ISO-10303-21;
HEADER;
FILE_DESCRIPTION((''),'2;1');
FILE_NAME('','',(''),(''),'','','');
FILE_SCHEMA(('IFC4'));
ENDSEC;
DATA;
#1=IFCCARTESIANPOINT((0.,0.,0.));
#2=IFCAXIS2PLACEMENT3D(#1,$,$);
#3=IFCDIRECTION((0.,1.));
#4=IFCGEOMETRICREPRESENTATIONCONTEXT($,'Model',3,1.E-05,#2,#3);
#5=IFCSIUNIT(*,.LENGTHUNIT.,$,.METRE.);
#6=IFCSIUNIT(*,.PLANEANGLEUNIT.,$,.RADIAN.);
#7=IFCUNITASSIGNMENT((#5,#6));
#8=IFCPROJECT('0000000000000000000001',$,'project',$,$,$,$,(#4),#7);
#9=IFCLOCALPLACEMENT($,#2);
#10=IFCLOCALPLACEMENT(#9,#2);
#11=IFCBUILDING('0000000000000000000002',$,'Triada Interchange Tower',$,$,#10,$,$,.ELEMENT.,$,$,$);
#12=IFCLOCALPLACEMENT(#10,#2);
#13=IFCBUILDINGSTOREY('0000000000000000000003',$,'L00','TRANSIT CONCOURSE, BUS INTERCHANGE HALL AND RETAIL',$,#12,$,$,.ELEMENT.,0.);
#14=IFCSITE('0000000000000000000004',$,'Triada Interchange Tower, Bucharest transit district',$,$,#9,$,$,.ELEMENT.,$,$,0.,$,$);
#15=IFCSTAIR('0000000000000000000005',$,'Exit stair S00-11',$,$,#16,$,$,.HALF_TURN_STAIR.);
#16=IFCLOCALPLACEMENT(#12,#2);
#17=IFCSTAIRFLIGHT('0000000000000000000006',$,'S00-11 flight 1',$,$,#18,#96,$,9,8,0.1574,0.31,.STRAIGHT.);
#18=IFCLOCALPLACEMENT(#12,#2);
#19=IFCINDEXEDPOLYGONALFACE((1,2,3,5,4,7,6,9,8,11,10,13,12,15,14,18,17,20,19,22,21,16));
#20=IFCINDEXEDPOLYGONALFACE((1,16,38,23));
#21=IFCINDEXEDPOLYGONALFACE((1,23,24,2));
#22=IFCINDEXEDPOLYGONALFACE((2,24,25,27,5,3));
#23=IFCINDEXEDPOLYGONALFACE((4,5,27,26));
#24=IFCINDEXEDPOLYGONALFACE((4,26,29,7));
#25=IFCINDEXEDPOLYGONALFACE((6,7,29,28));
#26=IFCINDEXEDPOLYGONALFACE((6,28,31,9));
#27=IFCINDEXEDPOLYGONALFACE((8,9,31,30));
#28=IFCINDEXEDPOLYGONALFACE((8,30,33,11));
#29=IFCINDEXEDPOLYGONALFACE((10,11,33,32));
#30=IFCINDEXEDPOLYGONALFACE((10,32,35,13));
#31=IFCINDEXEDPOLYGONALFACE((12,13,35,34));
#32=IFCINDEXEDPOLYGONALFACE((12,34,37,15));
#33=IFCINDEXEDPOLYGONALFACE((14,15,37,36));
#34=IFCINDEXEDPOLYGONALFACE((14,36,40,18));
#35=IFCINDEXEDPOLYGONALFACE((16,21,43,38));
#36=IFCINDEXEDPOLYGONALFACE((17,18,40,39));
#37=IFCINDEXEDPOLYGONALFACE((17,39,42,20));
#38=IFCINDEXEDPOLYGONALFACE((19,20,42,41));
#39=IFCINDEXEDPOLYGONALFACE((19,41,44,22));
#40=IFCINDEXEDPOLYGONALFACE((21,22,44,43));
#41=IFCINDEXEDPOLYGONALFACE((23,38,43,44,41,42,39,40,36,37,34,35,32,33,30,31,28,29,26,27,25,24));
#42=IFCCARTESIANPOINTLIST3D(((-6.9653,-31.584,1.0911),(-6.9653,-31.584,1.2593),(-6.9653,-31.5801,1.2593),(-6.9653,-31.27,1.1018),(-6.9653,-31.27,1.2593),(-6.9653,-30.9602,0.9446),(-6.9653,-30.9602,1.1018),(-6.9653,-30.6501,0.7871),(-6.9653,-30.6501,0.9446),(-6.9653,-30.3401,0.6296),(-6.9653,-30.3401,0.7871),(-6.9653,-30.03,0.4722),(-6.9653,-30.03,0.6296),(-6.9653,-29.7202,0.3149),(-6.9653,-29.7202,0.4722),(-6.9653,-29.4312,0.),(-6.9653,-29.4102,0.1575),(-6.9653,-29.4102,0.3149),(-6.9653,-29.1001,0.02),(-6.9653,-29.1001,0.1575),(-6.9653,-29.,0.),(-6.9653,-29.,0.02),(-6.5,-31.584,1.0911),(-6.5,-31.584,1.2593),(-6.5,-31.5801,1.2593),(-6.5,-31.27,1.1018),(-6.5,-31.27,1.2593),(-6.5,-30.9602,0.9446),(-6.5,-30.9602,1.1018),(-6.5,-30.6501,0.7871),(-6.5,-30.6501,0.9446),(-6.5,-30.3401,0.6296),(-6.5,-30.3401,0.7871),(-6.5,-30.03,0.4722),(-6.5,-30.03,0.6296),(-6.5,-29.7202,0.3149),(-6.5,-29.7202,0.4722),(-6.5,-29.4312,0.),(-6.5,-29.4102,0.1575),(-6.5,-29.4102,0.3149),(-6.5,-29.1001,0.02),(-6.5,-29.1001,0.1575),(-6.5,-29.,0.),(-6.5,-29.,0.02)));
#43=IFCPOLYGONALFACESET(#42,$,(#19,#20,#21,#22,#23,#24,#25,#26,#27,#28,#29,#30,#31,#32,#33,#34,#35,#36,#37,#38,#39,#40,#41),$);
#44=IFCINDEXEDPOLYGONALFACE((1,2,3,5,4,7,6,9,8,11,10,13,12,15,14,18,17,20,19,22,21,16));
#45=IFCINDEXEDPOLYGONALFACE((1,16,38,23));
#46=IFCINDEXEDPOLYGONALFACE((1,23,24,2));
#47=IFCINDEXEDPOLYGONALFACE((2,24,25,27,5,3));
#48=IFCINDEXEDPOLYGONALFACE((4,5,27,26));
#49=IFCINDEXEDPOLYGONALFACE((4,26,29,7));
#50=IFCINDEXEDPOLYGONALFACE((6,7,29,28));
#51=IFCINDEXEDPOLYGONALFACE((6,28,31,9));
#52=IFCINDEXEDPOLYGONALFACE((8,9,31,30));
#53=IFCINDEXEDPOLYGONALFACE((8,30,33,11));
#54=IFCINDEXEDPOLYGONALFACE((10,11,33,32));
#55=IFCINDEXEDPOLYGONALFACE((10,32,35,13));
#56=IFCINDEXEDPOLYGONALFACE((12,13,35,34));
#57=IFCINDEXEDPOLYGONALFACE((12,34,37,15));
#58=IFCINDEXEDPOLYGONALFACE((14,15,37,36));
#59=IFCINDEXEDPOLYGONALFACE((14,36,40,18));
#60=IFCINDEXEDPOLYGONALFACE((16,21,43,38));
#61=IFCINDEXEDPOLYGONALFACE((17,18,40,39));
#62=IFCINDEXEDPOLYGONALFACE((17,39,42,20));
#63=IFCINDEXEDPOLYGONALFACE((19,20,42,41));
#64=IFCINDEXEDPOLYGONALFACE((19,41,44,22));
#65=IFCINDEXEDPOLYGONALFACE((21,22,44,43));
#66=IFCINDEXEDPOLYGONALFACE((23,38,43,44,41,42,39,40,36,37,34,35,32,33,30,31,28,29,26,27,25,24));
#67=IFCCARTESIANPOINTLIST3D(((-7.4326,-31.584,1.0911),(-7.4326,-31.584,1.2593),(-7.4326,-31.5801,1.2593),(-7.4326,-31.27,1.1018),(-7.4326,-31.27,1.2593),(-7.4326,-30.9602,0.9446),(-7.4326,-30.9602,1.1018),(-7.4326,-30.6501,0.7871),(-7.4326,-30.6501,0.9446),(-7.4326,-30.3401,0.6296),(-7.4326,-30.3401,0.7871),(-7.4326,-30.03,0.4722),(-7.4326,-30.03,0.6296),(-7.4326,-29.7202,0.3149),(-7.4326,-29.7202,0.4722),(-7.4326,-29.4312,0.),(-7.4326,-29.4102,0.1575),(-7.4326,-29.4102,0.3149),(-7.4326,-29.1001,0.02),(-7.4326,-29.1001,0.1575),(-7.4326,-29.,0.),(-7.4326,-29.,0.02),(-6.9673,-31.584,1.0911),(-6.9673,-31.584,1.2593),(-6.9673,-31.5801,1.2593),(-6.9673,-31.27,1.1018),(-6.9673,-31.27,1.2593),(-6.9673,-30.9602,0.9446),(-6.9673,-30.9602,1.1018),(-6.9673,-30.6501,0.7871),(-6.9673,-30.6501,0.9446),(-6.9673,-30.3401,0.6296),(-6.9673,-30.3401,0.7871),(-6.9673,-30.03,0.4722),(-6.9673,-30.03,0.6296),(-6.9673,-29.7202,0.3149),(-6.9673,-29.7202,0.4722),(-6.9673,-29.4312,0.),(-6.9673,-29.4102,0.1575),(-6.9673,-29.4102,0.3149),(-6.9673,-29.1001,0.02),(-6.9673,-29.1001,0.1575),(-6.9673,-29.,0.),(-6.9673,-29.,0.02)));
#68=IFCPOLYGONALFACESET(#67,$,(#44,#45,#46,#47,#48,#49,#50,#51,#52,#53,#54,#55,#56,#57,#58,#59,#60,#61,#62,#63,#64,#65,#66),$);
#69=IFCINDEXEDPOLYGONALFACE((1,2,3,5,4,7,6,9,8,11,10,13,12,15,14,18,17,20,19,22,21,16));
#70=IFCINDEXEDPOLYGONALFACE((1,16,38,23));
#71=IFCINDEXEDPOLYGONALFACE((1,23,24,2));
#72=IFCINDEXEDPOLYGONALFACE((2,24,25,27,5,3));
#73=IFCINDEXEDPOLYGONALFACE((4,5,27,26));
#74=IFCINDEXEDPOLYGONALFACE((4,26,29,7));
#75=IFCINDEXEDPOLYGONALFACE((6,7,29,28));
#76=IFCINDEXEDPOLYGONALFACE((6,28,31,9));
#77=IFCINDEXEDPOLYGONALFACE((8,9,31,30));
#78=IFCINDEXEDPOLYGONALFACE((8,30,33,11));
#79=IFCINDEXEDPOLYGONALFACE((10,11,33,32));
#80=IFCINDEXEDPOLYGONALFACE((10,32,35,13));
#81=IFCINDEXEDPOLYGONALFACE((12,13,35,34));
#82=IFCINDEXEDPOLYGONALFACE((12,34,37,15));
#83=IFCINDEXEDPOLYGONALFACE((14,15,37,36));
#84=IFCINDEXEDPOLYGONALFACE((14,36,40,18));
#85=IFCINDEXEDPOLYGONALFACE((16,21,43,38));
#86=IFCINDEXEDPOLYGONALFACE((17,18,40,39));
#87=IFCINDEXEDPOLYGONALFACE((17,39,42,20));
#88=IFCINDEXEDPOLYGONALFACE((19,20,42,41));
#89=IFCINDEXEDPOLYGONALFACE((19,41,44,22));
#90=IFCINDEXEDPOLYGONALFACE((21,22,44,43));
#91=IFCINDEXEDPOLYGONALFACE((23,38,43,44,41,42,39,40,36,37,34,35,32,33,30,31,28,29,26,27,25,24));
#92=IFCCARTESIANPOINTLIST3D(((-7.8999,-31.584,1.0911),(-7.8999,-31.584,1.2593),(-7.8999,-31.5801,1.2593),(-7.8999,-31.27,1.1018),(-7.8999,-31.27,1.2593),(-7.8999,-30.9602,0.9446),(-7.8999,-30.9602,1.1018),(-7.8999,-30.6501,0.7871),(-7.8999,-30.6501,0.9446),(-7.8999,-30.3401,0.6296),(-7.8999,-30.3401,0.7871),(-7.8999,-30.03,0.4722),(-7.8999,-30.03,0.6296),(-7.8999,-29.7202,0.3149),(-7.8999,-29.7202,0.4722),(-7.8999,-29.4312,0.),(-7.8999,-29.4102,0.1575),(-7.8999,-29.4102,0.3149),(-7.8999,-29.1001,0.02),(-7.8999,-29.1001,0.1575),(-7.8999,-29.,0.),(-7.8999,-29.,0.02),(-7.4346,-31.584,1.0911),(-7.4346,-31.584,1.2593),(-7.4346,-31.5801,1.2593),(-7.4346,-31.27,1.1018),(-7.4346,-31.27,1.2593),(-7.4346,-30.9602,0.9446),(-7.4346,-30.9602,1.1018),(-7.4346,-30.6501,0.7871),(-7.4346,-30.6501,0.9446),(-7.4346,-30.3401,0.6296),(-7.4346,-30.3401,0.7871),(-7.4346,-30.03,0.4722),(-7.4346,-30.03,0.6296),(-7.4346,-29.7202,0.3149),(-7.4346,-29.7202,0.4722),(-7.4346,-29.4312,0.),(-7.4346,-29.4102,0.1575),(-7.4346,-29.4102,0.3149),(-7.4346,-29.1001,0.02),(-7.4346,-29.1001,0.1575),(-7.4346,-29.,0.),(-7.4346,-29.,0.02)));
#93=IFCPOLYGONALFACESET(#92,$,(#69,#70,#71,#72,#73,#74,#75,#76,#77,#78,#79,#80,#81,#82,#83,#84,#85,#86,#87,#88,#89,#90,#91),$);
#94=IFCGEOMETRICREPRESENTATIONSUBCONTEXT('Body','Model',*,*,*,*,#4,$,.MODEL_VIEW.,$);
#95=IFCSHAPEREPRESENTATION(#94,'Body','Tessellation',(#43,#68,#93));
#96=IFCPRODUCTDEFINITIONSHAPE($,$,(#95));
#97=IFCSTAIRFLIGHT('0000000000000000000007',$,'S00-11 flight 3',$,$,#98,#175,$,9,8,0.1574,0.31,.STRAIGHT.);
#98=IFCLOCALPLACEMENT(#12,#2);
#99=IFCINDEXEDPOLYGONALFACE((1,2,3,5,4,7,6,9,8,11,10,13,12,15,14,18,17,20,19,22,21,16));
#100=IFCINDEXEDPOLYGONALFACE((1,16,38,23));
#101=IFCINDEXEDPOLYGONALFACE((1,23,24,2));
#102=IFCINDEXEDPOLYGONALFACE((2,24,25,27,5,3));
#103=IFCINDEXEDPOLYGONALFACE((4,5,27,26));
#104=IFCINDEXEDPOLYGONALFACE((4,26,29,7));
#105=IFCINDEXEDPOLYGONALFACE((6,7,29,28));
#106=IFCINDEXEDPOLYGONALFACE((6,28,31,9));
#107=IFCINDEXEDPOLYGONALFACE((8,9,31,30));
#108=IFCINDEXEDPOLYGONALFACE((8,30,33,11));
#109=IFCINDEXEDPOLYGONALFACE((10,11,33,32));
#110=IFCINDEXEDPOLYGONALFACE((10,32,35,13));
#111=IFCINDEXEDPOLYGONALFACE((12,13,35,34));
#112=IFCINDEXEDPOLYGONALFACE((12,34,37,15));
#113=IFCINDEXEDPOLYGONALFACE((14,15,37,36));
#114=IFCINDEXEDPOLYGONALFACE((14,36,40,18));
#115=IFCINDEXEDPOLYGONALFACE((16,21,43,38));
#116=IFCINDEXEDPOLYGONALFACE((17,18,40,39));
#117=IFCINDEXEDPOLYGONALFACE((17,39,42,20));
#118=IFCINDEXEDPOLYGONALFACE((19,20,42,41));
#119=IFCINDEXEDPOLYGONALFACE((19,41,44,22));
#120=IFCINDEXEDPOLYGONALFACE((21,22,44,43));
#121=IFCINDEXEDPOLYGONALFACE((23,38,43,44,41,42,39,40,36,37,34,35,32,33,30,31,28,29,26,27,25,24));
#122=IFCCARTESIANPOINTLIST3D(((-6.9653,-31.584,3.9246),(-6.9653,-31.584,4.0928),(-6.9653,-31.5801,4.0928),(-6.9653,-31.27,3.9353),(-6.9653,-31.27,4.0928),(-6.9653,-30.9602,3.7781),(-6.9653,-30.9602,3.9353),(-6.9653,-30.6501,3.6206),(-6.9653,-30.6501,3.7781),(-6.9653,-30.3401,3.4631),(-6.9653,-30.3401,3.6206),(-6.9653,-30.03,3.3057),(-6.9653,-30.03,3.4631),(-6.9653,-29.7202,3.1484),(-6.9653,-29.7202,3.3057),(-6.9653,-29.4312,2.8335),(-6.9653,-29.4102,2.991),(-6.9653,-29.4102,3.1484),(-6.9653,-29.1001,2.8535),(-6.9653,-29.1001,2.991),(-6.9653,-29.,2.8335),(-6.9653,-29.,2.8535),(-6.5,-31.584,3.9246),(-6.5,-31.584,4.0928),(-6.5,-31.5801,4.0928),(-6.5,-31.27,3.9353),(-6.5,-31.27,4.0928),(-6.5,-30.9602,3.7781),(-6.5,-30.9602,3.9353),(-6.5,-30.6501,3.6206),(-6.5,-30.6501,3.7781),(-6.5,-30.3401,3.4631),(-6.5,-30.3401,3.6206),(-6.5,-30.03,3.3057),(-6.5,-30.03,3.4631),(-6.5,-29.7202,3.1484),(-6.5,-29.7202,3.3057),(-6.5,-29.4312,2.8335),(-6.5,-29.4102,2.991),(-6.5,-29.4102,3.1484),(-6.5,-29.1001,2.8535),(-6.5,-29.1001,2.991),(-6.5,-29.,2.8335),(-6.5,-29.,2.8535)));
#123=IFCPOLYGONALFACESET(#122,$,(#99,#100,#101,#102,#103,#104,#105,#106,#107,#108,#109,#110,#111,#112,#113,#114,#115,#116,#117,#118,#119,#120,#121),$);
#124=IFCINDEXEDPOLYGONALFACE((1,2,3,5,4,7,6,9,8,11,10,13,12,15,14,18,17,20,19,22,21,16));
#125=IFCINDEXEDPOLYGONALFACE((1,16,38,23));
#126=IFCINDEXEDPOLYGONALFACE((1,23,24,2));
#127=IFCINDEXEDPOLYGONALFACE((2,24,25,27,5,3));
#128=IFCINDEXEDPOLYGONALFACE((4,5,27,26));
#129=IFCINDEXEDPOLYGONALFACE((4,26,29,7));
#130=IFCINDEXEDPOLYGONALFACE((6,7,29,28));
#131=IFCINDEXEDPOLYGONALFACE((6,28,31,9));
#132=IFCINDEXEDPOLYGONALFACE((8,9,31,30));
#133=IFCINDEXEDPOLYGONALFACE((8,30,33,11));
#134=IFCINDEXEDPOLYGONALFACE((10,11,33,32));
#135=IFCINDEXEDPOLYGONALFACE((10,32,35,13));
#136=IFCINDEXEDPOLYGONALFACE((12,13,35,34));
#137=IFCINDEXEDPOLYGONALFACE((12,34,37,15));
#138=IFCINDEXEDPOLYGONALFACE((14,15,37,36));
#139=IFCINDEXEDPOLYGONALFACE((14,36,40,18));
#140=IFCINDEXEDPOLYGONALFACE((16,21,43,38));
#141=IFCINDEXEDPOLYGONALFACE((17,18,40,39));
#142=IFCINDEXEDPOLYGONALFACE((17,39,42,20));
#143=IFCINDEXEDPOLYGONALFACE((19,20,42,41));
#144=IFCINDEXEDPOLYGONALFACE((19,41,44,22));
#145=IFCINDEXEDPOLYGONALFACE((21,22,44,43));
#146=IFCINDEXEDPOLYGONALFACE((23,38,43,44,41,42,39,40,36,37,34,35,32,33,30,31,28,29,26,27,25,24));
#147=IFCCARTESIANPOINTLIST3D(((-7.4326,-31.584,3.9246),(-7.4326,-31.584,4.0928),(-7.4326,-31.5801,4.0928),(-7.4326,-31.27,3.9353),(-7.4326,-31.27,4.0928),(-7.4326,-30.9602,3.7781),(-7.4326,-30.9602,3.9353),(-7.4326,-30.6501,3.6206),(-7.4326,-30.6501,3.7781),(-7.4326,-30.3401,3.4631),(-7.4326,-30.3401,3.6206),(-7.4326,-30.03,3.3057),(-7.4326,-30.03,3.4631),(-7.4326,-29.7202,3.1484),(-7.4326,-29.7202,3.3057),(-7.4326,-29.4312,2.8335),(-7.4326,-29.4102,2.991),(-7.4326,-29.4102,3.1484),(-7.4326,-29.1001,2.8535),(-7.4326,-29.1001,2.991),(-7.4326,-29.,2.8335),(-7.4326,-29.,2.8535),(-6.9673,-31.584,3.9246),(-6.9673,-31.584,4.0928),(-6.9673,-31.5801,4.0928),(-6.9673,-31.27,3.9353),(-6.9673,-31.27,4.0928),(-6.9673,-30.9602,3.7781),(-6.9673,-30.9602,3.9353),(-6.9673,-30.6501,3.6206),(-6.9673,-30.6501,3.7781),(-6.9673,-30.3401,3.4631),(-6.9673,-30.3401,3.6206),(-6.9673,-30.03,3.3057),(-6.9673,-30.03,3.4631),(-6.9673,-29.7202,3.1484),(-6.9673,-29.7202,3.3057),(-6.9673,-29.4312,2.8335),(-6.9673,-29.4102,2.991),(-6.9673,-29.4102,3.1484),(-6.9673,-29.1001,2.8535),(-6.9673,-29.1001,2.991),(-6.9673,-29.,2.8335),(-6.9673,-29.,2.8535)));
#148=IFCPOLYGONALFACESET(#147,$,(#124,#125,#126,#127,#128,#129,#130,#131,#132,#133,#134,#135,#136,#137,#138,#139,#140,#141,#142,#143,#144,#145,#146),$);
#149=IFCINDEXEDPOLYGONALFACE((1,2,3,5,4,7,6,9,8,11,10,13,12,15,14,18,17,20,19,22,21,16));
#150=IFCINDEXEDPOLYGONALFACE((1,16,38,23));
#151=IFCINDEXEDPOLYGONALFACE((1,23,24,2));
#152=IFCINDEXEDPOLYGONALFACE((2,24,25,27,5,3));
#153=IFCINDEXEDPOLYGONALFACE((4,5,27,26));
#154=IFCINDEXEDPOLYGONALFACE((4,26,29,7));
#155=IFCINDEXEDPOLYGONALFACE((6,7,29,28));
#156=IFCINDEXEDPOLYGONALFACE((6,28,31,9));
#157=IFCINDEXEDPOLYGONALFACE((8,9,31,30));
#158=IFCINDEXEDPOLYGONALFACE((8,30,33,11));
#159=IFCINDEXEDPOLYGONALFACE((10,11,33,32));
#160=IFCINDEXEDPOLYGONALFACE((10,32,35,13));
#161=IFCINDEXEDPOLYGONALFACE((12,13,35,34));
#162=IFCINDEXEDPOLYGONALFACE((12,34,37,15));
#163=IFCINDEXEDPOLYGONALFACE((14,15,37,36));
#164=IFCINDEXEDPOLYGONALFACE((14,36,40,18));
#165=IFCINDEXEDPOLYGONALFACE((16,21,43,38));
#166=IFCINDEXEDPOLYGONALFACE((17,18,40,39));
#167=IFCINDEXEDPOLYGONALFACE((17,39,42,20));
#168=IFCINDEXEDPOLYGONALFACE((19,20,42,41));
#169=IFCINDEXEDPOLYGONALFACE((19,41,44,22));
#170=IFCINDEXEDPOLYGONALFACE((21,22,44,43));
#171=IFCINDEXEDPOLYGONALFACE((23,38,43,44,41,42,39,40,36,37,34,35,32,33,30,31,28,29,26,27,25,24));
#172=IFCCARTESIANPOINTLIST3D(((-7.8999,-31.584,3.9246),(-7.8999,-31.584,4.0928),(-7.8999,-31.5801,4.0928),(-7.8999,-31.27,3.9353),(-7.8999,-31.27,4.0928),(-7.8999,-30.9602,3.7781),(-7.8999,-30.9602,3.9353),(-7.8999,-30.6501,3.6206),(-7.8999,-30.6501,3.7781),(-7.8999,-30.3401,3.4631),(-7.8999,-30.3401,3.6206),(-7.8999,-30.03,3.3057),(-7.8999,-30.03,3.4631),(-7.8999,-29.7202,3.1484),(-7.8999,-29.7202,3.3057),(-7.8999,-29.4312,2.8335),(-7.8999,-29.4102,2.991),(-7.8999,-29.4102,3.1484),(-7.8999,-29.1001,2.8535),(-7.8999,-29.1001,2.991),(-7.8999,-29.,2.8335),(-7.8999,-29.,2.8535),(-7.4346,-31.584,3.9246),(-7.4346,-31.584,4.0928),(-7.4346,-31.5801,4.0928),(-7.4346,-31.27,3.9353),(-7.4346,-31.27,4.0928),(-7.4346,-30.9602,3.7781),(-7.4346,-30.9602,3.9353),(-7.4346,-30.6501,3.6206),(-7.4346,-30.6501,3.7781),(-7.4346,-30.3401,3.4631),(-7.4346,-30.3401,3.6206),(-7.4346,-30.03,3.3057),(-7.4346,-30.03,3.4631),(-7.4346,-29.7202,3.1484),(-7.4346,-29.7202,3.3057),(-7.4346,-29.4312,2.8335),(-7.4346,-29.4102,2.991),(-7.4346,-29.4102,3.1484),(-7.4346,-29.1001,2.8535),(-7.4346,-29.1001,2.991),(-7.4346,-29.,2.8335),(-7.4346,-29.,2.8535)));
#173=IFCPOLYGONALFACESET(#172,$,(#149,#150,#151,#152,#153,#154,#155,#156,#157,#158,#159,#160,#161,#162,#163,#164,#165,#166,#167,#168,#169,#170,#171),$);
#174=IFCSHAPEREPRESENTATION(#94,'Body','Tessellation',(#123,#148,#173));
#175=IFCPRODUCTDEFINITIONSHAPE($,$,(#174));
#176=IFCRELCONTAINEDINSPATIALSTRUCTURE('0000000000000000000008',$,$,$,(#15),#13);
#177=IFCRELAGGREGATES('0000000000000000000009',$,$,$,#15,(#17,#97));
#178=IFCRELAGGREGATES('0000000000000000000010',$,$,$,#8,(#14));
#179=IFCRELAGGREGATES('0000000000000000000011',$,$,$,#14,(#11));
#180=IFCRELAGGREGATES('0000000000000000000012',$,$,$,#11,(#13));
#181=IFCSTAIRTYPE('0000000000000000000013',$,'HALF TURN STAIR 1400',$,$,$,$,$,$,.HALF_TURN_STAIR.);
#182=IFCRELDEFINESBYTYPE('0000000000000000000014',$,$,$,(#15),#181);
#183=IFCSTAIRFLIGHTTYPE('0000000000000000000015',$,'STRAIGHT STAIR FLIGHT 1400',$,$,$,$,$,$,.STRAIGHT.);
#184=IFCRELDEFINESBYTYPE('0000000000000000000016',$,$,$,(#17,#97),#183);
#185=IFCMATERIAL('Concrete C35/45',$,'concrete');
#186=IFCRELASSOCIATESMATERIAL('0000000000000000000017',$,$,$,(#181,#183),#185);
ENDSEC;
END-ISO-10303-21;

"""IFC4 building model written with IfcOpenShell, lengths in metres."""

from ifc_helpers import new_model, si_unit, direction, frame, origin, place, context, subcontext, project, spatial, polyline, outline, extrude, material, type_object, element, aggregate, save


model = new_model("IFC4")

# Units and contexts
model_context = context("Model", 3, precision=1e-05, world=origin(), true_north=direction((0.0, 1.0)))
body_context = subcontext(model_context, "Body", "Model", "MODEL_VIEW")
ifc_project = project(units=[si_unit("LENGTHUNIT", "METRE"), si_unit("PLANEANGLEUNIT", "RADIAN")], contexts=[model_context])

# Site, building, storey
site_placement = place(None, origin())
site = spatial("IfcSite", under=ifc_project, at=site_placement, Name="Triada Interchange Tower, Bucharest transit district", CompositionType="ELEMENT", RefElevation=0.0)
building_placement = place(site_placement, origin())
building = spatial("IfcBuilding", under=site, at=building_placement, Name="Triada Interchange Tower", CompositionType="ELEMENT")
storey_placement = place(building_placement, origin())
storey = spatial("IfcBuildingStorey", under=building, at=storey_placement, Name="L00", Description="TRANSIT CONCOURSE, BUS INTERCHANGE HALL AND RETAIL", CompositionType="ELEMENT", Elevation=0.0)

# Shared definitions
ifc_material_1 = material(Name="Concrete C35/45", Category="concrete")

# Stair, stair flights
stair_type = type_object("IfcStairType", Name="HALF TURN STAIR 1400", PredefinedType="HALF_TURN_STAIR", material=ifc_material_1)
stair_placement = place(storey_placement, origin())
stair = element("IfcStair", 1, at=stair_placement, inside=storey, type_object=stair_type, Name="Exit stair S00-11", PredefinedType="HALF_TURN_STAIR")
stair_flight_type = type_object("IfcStairFlightType", Name="STRAIGHT STAIR FLIGHT 1400", PredefinedType="STRAIGHT", material=ifc_material_1)
stair_flight_1_placement = place(storey_placement, frame((-7.2, -29.1001, 0.0), z_axis=(0.0, 0.0, 1.0), x_axis=(0.0, -1.0, 0.0)))
stair_flight_1 = element("IfcStairFlight", 2, at=stair_flight_1_placement, type_object=stair_flight_type, Name="S00-11 flight 1", NumberOfRisers=9, NumberOfTreads=8, PredefinedType="STRAIGHT", RiserHeight=0.1574, TreadLength=0.31, context=body_context, shape_type="SweptSolid", body=[
    extrude(outline(polyline([(-0.1001, 0.0), (-0.1001, 0.02), (0.0, 0.02), (0.0, 0.1575), (0.3101, 0.1575), (0.3101, 0.3149), (0.6201, 0.3149), (0.6201, 0.4722), (0.9299, 0.4722), (0.9299, 0.6296), (1.24, 0.6296), (1.24, 0.7871), (1.55, 0.7871), (1.55, 0.9446), (1.8601, 0.9446), (1.8601, 1.1018), (2.1699, 1.1018), (2.1699, 1.2593), (2.48, 1.2593), (2.4839, 1.2593), (2.4839, 1.4167), (2.4839, 1.0911), (0.3311, 0.0), (-0.1001, 0.0)])), frame((0.0, 0.7, 0.0), z_axis=(0.0, -1.0, 0.0), x_axis=(1.0, 0.0, 0.0)), (0.0, 0.0, 1.0), 0.4653),
    extrude(outline(polyline([(-0.1001, 0.0), (-0.1001, 0.02), (0.0, 0.02), (0.0, 0.1575), (0.3101, 0.1575), (0.3101, 0.3149), (0.6201, 0.3149), (0.6201, 0.4722), (0.9299, 0.4722), (0.9299, 0.6296), (1.24, 0.6296), (1.24, 0.7871), (1.55, 0.7871), (1.55, 0.9446), (1.8601, 0.9446), (1.8601, 1.1018), (2.1699, 1.1018), (2.1699, 1.2593), (2.48, 1.2593), (2.4839, 1.2593), (2.4839, 1.4167), (2.4839, 1.0911), (0.3311, 0.0), (-0.1001, 0.0)])), frame((0.0, 0.2327, 0.0), z_axis=(0.0, -1.0, 0.0), x_axis=(1.0, 0.0, 0.0)), (0.0, 0.0, 1.0), 0.4653),
    extrude(outline(polyline([(-0.1001, 0.0), (-0.1001, 0.02), (0.0, 0.02), (0.0, 0.1575), (0.3101, 0.1575), (0.3101, 0.3149), (0.6201, 0.3149), (0.6201, 0.4722), (0.9299, 0.4722), (0.9299, 0.6296), (1.24, 0.6296), (1.24, 0.7871), (1.55, 0.7871), (1.55, 0.9446), (1.8601, 0.9446), (1.8601, 1.1018), (2.1699, 1.1018), (2.1699, 1.2593), (2.48, 1.2593), (2.4839, 1.2593), (2.4839, 1.4167), (2.4839, 1.0911), (0.3311, 0.0), (-0.1001, 0.0)])), frame((0.0, -0.2346, 0.0), z_axis=(0.0, -1.0, 0.0), x_axis=(1.0, 0.0, 0.0)), (0.0, 0.0, 1.0), 0.4653),
])
stair_flight_2_placement = place(storey_placement, frame((-7.2, -29.1001, 2.8335), z_axis=(0.0, 0.0, 1.0), x_axis=(0.0, -1.0, 0.0)))
stair_flight_2 = element("IfcStairFlight", 3, at=stair_flight_2_placement, type_object=stair_flight_type, Name="S00-11 flight 3", NumberOfRisers=9, NumberOfTreads=8, PredefinedType="STRAIGHT", RiserHeight=0.1574, TreadLength=0.31, context=body_context, shape_type="SweptSolid", body=[
    extrude(outline(polyline([(-0.1001, 0.0), (-0.1001, 0.02), (0.0, 0.02), (0.0, 0.1575), (0.3101, 0.1575), (0.3101, 0.3149), (0.6201, 0.3149), (0.6201, 0.4722), (0.9299, 0.4722), (0.9299, 0.6296), (1.24, 0.6296), (1.24, 0.7871), (1.55, 0.7871), (1.55, 0.9446), (1.8601, 0.9446), (1.8601, 1.1018), (2.1699, 1.1018), (2.1699, 1.2593), (2.48, 1.2593), (2.4839, 1.2593), (2.4839, 1.4167), (2.4839, 1.0911), (0.3311, 0.0), (-0.1001, 0.0)])), frame((0.0, 0.7, 0.0), z_axis=(0.0, -1.0, 0.0), x_axis=(1.0, 0.0, 0.0)), (0.0, 0.0, 1.0), 0.4653),
    extrude(outline(polyline([(-0.1001, 0.0), (-0.1001, 0.02), (0.0, 0.02), (0.0, 0.1575), (0.3101, 0.1575), (0.3101, 0.3149), (0.6201, 0.3149), (0.6201, 0.4722), (0.9299, 0.4722), (0.9299, 0.6296), (1.24, 0.6296), (1.24, 0.7871), (1.55, 0.7871), (1.55, 0.9446), (1.8601, 0.9446), (1.8601, 1.1018), (2.1699, 1.1018), (2.1699, 1.2593), (2.48, 1.2593), (2.4839, 1.2593), (2.4839, 1.4167), (2.4839, 1.0911), (0.3311, 0.0), (-0.1001, 0.0)])), frame((0.0, 0.2327, 0.0), z_axis=(0.0, -1.0, 0.0), x_axis=(1.0, 0.0, 0.0)), (0.0, 0.0, 1.0), 0.4653),
    extrude(outline(polyline([(-0.1001, 0.0), (-0.1001, 0.02), (0.0, 0.02), (0.0, 0.1575), (0.3101, 0.1575), (0.3101, 0.3149), (0.6201, 0.3149), (0.6201, 0.4722), (0.9299, 0.4722), (0.9299, 0.6296), (1.24, 0.6296), (1.24, 0.7871), (1.55, 0.7871), (1.55, 0.9446), (1.8601, 0.9446), (1.8601, 1.1018), (2.1699, 1.1018), (2.1699, 1.2593), (2.48, 1.2593), (2.4839, 1.2593), (2.4839, 1.4167), (2.4839, 1.0911), (0.3311, 0.0), (-0.1001, 0.0)])), frame((0.0, -0.2346, 0.0), z_axis=(0.0, -1.0, 0.0), x_axis=(1.0, 0.0, 0.0)), (0.0, 0.0, 1.0), 0.4653),
])
aggregate(stair, [stair_flight_1, stair_flight_2])

save(model, "model.ifc")
